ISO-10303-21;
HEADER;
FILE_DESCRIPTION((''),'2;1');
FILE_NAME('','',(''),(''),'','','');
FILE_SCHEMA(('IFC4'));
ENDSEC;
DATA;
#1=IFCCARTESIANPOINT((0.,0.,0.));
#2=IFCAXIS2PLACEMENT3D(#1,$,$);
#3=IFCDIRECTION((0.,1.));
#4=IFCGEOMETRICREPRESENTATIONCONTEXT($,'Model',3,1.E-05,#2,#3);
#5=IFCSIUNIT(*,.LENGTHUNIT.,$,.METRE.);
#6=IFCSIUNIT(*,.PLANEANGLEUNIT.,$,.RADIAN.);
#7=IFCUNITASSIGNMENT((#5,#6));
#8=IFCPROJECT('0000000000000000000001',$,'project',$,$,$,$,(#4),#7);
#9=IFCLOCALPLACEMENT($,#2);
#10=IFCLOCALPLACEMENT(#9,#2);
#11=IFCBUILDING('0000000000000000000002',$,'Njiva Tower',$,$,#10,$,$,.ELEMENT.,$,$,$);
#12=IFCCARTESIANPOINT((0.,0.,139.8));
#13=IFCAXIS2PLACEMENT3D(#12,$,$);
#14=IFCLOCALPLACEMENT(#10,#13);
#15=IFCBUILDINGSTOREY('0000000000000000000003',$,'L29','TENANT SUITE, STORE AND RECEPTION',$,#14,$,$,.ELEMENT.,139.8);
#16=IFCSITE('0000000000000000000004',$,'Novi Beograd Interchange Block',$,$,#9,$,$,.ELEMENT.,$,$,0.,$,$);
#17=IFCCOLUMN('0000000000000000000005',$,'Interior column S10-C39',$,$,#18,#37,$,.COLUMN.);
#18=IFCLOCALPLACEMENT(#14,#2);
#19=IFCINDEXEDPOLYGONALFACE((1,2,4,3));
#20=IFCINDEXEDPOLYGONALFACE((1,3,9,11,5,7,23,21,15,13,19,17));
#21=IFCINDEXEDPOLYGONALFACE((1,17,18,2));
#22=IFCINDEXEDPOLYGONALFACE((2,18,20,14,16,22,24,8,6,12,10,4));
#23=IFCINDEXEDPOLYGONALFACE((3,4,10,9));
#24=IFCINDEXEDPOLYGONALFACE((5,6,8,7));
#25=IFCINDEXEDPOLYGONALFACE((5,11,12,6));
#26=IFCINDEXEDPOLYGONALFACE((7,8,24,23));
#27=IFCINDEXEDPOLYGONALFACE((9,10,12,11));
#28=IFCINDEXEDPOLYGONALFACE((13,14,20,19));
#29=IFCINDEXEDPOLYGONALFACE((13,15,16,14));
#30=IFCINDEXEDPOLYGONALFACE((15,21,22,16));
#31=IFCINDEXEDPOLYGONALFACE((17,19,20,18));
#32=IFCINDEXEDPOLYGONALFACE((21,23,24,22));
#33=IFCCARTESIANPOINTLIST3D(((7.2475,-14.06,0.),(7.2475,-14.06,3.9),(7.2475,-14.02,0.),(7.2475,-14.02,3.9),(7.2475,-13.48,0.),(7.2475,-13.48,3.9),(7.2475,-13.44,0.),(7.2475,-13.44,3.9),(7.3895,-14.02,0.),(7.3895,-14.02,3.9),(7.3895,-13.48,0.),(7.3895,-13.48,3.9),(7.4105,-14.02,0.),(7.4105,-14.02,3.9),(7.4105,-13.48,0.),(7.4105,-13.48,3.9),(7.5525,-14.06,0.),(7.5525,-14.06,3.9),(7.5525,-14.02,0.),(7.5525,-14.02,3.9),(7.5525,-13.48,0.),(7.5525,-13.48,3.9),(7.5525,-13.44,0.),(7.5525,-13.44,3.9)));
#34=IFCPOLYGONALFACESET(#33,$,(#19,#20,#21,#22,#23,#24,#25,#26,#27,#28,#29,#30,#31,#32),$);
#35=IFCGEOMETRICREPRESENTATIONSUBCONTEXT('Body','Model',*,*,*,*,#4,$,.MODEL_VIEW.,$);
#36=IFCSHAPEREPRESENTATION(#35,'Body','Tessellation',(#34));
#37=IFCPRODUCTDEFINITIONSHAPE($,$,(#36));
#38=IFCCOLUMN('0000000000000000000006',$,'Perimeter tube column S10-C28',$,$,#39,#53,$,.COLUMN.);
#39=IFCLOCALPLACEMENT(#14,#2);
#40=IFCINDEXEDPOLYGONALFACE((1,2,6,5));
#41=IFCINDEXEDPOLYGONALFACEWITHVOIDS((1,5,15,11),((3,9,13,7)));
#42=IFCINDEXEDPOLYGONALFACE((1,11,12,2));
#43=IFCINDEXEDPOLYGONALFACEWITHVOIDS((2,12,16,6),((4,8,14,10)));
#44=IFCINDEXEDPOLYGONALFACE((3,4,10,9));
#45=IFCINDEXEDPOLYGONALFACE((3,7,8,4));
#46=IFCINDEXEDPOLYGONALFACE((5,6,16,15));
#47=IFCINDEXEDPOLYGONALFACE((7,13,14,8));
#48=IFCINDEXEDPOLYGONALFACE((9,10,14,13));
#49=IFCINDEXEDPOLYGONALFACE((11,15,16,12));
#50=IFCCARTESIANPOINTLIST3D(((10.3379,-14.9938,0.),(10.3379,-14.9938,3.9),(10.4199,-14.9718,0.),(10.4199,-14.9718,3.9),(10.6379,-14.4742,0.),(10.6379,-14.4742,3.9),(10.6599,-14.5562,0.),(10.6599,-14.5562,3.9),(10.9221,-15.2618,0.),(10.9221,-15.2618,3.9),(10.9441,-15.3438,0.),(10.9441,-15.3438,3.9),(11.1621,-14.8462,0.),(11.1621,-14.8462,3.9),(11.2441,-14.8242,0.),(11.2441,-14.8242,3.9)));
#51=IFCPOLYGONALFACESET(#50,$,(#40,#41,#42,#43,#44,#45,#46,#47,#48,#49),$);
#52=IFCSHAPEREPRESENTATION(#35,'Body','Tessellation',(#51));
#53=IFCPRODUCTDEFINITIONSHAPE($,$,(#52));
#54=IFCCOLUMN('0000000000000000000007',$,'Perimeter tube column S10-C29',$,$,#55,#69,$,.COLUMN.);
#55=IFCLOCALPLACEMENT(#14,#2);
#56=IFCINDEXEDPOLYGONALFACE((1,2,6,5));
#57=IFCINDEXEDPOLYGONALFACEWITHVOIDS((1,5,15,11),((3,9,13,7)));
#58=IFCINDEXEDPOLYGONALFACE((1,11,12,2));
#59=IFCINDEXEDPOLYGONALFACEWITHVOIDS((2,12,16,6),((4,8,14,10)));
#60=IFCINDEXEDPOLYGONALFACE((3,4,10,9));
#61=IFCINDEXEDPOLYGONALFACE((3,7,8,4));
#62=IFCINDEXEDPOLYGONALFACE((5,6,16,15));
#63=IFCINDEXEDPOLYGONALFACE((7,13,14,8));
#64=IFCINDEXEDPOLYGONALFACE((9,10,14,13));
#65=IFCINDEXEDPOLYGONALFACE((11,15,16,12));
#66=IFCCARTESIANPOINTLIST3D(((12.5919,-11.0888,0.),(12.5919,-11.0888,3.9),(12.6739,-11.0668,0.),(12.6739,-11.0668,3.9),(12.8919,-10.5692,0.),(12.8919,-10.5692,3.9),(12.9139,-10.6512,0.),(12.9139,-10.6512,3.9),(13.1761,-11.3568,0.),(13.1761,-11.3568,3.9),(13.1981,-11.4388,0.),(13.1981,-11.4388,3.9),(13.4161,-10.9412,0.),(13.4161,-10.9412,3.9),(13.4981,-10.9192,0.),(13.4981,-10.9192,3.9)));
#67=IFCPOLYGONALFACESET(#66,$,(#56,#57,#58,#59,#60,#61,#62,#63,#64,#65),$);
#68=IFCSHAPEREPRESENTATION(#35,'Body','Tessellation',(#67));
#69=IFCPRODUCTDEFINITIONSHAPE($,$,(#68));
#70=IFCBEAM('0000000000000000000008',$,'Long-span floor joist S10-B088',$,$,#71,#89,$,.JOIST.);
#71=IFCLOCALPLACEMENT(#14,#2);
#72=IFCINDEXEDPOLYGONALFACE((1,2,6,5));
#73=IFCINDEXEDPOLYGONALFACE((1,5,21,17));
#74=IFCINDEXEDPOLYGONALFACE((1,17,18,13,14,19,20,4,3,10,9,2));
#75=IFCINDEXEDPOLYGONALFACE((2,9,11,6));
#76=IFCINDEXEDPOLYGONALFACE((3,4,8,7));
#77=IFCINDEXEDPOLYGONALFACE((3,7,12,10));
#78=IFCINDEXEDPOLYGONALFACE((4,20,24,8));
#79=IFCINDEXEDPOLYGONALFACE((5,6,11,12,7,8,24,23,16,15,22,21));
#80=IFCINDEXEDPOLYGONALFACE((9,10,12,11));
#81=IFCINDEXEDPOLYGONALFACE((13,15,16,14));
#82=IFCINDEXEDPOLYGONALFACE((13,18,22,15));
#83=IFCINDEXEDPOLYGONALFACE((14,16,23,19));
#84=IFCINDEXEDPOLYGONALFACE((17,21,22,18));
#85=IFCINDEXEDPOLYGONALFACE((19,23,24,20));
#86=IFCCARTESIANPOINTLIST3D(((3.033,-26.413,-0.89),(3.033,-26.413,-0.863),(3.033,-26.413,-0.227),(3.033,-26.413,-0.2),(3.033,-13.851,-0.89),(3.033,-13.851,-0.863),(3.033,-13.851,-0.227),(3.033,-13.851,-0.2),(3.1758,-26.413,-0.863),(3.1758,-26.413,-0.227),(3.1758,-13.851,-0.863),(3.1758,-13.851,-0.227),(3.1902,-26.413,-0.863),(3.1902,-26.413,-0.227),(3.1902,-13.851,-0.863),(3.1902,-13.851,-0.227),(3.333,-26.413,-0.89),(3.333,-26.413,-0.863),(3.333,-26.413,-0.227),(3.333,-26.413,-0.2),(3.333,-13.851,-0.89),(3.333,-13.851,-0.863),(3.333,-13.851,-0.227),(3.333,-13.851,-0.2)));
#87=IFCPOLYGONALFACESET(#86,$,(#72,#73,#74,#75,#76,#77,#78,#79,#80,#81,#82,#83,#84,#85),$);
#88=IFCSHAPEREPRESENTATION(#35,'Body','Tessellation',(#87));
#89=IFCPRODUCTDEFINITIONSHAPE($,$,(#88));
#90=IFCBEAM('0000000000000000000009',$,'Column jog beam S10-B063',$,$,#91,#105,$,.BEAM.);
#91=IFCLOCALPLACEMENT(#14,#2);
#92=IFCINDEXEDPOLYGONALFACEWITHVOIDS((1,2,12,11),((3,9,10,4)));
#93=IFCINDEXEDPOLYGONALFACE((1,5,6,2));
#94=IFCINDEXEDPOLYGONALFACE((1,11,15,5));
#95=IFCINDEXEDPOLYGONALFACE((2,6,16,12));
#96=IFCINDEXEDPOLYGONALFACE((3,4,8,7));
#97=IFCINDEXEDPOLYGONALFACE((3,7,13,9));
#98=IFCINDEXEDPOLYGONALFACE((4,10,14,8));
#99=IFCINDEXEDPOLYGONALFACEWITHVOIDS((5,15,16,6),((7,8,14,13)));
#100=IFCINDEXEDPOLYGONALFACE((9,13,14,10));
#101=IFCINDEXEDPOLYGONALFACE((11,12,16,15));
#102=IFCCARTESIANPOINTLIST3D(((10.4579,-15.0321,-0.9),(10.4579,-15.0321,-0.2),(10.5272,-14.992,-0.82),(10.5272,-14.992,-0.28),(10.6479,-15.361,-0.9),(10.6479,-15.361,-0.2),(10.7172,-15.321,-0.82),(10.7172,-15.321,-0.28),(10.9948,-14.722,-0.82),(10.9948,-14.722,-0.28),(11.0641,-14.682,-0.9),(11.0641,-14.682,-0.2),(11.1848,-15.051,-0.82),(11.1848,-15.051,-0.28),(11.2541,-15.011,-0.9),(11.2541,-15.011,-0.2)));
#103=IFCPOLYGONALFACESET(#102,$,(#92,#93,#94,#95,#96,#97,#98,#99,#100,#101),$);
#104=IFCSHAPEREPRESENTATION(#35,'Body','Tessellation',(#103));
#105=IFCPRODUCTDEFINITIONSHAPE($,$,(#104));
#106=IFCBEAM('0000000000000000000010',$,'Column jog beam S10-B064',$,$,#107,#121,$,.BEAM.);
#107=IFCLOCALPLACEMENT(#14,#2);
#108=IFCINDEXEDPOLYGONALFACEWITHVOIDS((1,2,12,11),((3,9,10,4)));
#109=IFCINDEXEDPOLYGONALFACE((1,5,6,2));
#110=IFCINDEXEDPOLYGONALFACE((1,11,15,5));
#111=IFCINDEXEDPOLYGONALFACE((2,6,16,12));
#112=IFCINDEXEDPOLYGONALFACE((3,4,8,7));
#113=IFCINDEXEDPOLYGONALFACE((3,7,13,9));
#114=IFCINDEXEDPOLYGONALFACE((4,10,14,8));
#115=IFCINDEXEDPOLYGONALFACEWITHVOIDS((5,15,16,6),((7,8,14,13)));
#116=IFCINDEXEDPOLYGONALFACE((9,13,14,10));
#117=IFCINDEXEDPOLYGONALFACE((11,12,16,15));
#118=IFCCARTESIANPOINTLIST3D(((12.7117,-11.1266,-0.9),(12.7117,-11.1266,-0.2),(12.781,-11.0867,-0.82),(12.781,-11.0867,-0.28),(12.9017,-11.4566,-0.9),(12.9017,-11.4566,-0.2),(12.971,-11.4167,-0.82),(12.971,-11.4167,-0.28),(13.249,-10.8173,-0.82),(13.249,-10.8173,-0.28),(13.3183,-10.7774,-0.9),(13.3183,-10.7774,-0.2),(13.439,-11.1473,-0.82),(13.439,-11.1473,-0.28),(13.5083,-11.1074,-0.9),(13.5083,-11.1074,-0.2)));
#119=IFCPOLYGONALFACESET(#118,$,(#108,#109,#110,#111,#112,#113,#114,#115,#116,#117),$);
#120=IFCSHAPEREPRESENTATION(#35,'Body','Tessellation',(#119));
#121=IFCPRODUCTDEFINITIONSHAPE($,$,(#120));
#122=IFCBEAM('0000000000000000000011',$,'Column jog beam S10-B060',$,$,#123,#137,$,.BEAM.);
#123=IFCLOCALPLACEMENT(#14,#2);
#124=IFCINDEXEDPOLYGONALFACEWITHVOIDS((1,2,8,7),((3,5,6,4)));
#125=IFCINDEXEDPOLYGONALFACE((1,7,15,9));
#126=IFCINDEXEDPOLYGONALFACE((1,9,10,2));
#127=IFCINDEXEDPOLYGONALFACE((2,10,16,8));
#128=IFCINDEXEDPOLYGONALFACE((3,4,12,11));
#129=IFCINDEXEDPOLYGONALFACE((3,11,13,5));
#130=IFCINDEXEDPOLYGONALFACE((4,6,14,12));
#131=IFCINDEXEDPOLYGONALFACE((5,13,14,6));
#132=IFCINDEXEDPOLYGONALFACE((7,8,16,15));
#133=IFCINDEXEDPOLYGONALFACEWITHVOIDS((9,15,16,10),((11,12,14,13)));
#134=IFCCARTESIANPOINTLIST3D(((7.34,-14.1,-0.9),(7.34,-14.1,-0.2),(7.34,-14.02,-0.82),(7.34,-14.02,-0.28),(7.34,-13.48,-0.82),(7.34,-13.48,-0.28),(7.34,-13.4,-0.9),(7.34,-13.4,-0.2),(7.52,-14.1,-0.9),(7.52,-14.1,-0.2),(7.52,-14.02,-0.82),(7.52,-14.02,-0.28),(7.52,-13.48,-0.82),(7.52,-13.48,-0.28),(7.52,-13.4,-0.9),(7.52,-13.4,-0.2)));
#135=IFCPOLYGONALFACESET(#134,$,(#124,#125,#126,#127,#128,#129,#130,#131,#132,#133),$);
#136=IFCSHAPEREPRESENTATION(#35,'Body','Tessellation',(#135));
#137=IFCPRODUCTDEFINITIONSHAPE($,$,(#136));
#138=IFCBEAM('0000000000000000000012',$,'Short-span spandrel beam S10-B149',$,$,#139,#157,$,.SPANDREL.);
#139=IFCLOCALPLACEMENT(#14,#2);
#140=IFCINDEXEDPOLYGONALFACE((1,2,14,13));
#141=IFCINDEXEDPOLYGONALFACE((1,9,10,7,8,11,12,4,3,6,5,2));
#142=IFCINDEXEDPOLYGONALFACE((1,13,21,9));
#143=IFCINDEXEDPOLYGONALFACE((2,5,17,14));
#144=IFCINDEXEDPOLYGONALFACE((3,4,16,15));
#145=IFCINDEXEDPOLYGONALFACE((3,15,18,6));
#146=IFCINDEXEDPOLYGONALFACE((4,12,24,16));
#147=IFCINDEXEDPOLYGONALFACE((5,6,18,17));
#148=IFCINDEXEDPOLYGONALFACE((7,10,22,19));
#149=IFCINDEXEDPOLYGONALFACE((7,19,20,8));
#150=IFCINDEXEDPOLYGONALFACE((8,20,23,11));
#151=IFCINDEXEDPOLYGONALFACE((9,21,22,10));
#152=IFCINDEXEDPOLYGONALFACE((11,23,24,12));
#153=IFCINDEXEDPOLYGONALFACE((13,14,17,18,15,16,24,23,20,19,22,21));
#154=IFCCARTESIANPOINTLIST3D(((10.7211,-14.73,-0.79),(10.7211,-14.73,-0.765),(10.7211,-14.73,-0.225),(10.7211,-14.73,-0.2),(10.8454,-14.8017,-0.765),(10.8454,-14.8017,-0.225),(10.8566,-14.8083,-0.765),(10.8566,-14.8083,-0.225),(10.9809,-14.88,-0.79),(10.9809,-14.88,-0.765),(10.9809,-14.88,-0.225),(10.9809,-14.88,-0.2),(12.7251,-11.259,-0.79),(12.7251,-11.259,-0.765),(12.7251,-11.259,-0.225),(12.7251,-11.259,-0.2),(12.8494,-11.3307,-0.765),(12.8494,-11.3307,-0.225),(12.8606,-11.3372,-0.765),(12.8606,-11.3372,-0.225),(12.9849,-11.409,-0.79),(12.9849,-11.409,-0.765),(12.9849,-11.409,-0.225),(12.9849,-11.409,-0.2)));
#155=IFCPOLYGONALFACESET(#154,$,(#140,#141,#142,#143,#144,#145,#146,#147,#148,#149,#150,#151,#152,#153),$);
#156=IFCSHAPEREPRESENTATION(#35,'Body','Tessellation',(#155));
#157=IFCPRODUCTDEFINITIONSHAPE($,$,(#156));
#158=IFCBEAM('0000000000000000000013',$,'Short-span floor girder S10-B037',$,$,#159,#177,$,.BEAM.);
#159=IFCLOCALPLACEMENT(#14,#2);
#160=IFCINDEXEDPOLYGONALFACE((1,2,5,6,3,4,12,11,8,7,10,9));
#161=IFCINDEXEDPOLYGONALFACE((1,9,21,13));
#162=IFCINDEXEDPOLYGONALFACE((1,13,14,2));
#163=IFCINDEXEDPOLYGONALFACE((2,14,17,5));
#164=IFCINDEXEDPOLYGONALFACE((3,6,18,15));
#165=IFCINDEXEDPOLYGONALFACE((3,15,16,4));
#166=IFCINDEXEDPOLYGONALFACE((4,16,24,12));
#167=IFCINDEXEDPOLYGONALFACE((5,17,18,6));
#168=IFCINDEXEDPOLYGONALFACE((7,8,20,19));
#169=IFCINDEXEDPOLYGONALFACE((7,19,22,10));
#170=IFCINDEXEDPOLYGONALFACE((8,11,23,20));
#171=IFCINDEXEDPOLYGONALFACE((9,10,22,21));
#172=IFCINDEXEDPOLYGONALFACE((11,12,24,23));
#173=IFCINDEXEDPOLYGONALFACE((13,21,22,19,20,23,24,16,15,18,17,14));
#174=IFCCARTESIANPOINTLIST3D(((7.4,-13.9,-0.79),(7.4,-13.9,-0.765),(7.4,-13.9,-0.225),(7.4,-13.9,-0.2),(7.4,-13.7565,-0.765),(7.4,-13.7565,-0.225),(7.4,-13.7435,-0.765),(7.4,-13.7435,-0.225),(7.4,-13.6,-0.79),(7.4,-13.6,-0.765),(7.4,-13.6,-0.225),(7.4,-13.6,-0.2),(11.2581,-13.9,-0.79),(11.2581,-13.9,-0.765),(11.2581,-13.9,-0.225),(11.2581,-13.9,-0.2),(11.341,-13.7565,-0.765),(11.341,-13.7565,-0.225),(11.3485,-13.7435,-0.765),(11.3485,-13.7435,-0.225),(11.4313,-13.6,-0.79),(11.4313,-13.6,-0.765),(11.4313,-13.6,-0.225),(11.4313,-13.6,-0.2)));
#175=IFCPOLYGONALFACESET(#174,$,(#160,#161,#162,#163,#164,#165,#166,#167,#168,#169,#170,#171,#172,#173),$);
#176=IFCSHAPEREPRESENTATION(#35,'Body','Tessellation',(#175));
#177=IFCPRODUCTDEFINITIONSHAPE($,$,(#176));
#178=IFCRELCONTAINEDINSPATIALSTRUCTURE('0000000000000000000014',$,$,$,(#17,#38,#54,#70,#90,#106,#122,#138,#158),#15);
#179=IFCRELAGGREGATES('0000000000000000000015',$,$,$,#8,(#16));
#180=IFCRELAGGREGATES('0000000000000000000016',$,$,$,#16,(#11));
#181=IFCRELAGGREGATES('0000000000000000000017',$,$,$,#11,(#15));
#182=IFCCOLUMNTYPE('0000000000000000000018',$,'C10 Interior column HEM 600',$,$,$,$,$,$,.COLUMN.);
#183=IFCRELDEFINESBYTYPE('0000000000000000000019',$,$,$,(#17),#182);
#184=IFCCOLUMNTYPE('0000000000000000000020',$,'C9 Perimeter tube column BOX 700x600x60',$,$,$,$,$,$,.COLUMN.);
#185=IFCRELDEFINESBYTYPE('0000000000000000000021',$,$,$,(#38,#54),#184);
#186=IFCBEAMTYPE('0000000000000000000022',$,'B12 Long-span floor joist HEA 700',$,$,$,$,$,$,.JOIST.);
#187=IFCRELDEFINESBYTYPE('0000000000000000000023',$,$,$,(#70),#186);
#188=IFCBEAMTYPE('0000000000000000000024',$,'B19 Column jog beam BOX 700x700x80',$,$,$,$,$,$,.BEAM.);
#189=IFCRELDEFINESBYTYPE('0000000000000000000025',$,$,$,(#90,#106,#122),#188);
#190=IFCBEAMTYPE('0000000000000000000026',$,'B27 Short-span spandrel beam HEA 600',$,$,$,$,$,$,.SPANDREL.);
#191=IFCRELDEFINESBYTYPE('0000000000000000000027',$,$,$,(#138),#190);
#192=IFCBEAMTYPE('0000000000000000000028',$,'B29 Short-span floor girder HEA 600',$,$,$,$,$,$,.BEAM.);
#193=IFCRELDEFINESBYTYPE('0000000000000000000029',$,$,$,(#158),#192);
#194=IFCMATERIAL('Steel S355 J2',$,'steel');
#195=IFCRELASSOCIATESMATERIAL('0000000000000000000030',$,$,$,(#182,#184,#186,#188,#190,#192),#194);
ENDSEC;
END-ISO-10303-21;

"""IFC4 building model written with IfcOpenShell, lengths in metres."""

from ifc_helpers import new_model, si_unit, direction, frame, origin, origin_2d, place, context, subcontext, project, spatial, hollow_rectangle, i_section, extrude, clip, halfspace, material, material_profile, profile_set, type_object, element, save


model = new_model("IFC4")

# Units and contexts
model_context = context("Model", 3, precision=1e-05, world=origin(), true_north=direction((0.0, 1.0)))
body_context = subcontext(model_context, "Body", "Model", "MODEL_VIEW")
ifc_project = project(units=[si_unit("LENGTHUNIT", "METRE"), si_unit("PLANEANGLEUNIT", "RADIAN")], contexts=[model_context])

# Site, building, storey
site_placement = place(None, origin())
site = spatial("IfcSite", under=ifc_project, at=site_placement, Name="Novi Beograd Interchange Block", CompositionType="ELEMENT", RefElevation=0.0)
building_placement = place(site_placement, origin())
building = spatial("IfcBuilding", under=site, at=building_placement, Name="Njiva Tower", CompositionType="ELEMENT")
storey_placement = place(building_placement, frame((0.0, 0.0, 139.8)))
storey = spatial("IfcBuildingStorey", under=building, at=storey_placement, Name="L29", Description="TENANT SUITE, STORE AND RECEPTION", CompositionType="ELEMENT", Elevation=139.8)

# Columns
ifc_material_1 = material(Name="Steel S355 J2", Category="steel")
ifc_material_profile_1 = material_profile(ifc_material_1, i_section(OverallWidth=0.305, OverallDepth=0.62, WebThickness=0.021, FlangeThickness=0.04, at=origin_2d()), Name="HEM 600")
ifc_profile_set_1 = profile_set([ifc_material_profile_1], Name="Steel S355 J2")
column_type_1 = type_object("IfcColumnType", Name="C10 Interior column HEM 600", PredefinedType="COLUMN", material=ifc_profile_set_1)
column_placement = place(storey_placement, frame((7.4, -13.75, 0.0), z_axis=(0.0, 0.0, 1.0), x_axis=(1.0, 0.0, 0.0)))
element("IfcColumn", 1, at=column_placement, inside=storey, type_object=column_type_1, Name="Interior column S10-C39", PredefinedType="COLUMN", context=body_context, shape_type="SweptSolid", body=[
    extrude(i_section(OverallWidth=0.305, OverallDepth=0.62, WebThickness=0.021, FlangeThickness=0.04, at=origin_2d()), origin(), (0.0, 0.0, 1.0), 3.9),
])
ifc_material_profile_2 = material_profile(ifc_material_1, hollow_rectangle(XDim=0.6, YDim=0.7, WallThickness=0.06, at=origin_2d()), Name="BOX 700x600x60")
ifc_profile_set_2 = profile_set([ifc_material_profile_2], Name="Steel S355 J2")
column_type_2 = type_object("IfcColumnType", Name="C9 Perimeter tube column BOX 700x600x60", PredefinedType="COLUMN", material=ifc_profile_set_2)
for number, where, z_axis, x_axis, name in (
    (2, (10.791, -14.909, 0.0), (0.0, 0.0, 1.0), (0.5, 0.866025, 0.0), "Perimeter tube column S10-C28"),
    (3, (13.045, -11.004, 0.0), (0.0, 0.0, 1.0), (0.5, 0.866025, 0.0), "Perimeter tube column S10-C29"),
):
    element("IfcColumn", number, at=place(storey_placement, frame(where, z_axis=z_axis, x_axis=x_axis)), inside=storey, type_object=column_type_2, Name=name, PredefinedType="COLUMN", context=body_context, shape_type="SweptSolid", body=[
        extrude(hollow_rectangle(XDim=0.6, YDim=0.7, WallThickness=0.06, at=origin_2d()), origin(), (0.0, 0.0, 1.0), 3.9),
    ])

# Beams
ifc_material_profile_3 = material_profile(ifc_material_1, i_section(OverallWidth=0.3, OverallDepth=0.69, WebThickness=0.0145, FlangeThickness=0.027, at=origin_2d()), Name="HEA 700")
ifc_profile_set_3 = profile_set([ifc_material_profile_3], Name="Steel S355 J2")
beam_type_1 = type_object("IfcBeamType", Name="B12 Long-span floor joist HEA 700", PredefinedType="JOIST", material=ifc_profile_set_3)
beam_1_placement = place(storey_placement, frame((3.183, -13.851, -0.545), z_axis=(0.0, -1.0, 0.0), x_axis=(1.0, 0.0, 0.0)))
element("IfcBeam", 4, at=beam_1_placement, inside=storey, type_object=beam_type_1, Name="Long-span floor joist S10-B088", PredefinedType="JOIST", context=body_context, shape_type="SweptSolid", body=[
    extrude(i_section(OverallWidth=0.3, OverallDepth=0.69, WebThickness=0.0145, FlangeThickness=0.027, at=origin_2d()), origin(), (0.0, 0.0, 1.0), 12.562),
])
ifc_material_profile_4 = material_profile(ifc_material_1, hollow_rectangle(XDim=0.7, YDim=0.7, WallThickness=0.08, at=origin_2d()), Name="BOX 700x700x80")
ifc_profile_set_4 = profile_set([ifc_material_profile_4], Name="Steel S355 J2")
beam_type_2 = type_object("IfcBeamType", Name="B19 Column jog beam BOX 700x700x80", PredefinedType="BEAM", material=ifc_profile_set_4)
beam_2_placement = place(storey_placement, frame((10.951, -15.186, -0.55), z_axis=(-0.500102, 0.865966, 0.0), x_axis=(-0.865966, -0.500102, 0.0)))
element("IfcBeam", 5, at=beam_2_placement, inside=storey, type_object=beam_type_2, Name="Column jog beam S10-B063", PredefinedType="BEAM", context=body_context, shape_type="SweptSolid", body=[
    extrude(hollow_rectangle(XDim=0.7, YDim=0.7, WallThickness=0.08, at=origin_2d()), origin(), (0.0, 0.0, 1.0), 0.3799),
])
beam_3_placement = place(storey_placement, frame((13.205, -11.282, -0.55), z_axis=(-0.498964, 0.866622, 0.0), x_axis=(-0.866622, -0.498964, 0.0)))
element("IfcBeam", 6, at=beam_3_placement, inside=storey, type_object=beam_type_2, Name="Column jog beam S10-B064", PredefinedType="BEAM", context=body_context, shape_type="SweptSolid", body=[
    extrude(hollow_rectangle(XDim=0.7, YDim=0.7, WallThickness=0.08, at=origin_2d()), origin(), (0.0, 0.0, 1.0), 0.3808),
])
beam_4_placement = place(storey_placement, frame((7.52, -13.75, -0.55), z_axis=(-1.0, 0.0, 0.0), x_axis=(0.0, -1.0, 0.0)))
element("IfcBeam", 7, at=beam_4_placement, inside=storey, type_object=beam_type_2, Name="Column jog beam S10-B060", PredefinedType="BEAM", context=body_context, shape_type="SweptSolid", body=[
    extrude(hollow_rectangle(XDim=0.7, YDim=0.7, WallThickness=0.08, at=origin_2d()), origin(), (0.0, 0.0, 1.0), 0.18),
])
ifc_material_profile_5 = material_profile(ifc_material_1, i_section(OverallWidth=0.3, OverallDepth=0.59, WebThickness=0.013, FlangeThickness=0.025, at=origin_2d()), Name="HEA 600")
ifc_profile_set_5 = profile_set([ifc_material_profile_5], Name="Steel S355 J2")
beam_type_3 = type_object("IfcBeamType", Name="B27 Short-span spandrel beam HEA 600", PredefinedType="SPANDREL", material=ifc_profile_set_5)
beam_5_placement = place(storey_placement, frame((10.851, -14.805, -0.495), z_axis=(0.500003, 0.866024, 0.0), x_axis=(-0.866024, 0.500003, 0.0)))
element("IfcBeam", 8, at=beam_5_placement, inside=storey, type_object=beam_type_3, Name="Short-span spandrel beam S10-B149", PredefinedType="SPANDREL", context=body_context, shape_type="SweptSolid", body=[
    extrude(i_section(OverallWidth=0.3, OverallDepth=0.59, WebThickness=0.013, FlangeThickness=0.025, at=origin_2d()), origin(), (0.0, 0.0, 1.0), 4.008),
])
ifc_material_profile_6 = material_profile(ifc_material_1, i_section(OverallWidth=0.3, OverallDepth=0.59, WebThickness=0.013, FlangeThickness=0.025, at=origin_2d()), Name="HEA 600")
ifc_profile_set_6 = profile_set([ifc_material_profile_6], Name="Steel S355 J2")
beam_type_4 = type_object("IfcBeamType", Name="B29 Short-span floor girder HEA 600", PredefinedType="BEAM", material=ifc_profile_set_6)
beam_6_placement = place(storey_placement, frame((7.4, -13.75, -0.495), z_axis=(1.0, 0.0, 0.0), x_axis=(0.0, 1.0, 0.0)))
element("IfcBeam", 9, at=beam_6_placement, inside=storey, type_object=beam_type_4, Name="Short-span floor girder S10-B037", PredefinedType="BEAM", context=body_context, shape_type="Clipping", body=[
    clip(extrude(i_section(OverallWidth=0.3, OverallDepth=0.59, WebThickness=0.013, FlangeThickness=0.025, at=origin_2d()), origin(), (0.0, 0.0, 1.0), 4.052), halfspace(frame((-0.025, 0.0, 3.9303), z_axis=(-0.499998, 0.0, 0.866027), x_axis=(0.0, 1.0, 0.0)), False)),
])

save(model, "model.ifc")
